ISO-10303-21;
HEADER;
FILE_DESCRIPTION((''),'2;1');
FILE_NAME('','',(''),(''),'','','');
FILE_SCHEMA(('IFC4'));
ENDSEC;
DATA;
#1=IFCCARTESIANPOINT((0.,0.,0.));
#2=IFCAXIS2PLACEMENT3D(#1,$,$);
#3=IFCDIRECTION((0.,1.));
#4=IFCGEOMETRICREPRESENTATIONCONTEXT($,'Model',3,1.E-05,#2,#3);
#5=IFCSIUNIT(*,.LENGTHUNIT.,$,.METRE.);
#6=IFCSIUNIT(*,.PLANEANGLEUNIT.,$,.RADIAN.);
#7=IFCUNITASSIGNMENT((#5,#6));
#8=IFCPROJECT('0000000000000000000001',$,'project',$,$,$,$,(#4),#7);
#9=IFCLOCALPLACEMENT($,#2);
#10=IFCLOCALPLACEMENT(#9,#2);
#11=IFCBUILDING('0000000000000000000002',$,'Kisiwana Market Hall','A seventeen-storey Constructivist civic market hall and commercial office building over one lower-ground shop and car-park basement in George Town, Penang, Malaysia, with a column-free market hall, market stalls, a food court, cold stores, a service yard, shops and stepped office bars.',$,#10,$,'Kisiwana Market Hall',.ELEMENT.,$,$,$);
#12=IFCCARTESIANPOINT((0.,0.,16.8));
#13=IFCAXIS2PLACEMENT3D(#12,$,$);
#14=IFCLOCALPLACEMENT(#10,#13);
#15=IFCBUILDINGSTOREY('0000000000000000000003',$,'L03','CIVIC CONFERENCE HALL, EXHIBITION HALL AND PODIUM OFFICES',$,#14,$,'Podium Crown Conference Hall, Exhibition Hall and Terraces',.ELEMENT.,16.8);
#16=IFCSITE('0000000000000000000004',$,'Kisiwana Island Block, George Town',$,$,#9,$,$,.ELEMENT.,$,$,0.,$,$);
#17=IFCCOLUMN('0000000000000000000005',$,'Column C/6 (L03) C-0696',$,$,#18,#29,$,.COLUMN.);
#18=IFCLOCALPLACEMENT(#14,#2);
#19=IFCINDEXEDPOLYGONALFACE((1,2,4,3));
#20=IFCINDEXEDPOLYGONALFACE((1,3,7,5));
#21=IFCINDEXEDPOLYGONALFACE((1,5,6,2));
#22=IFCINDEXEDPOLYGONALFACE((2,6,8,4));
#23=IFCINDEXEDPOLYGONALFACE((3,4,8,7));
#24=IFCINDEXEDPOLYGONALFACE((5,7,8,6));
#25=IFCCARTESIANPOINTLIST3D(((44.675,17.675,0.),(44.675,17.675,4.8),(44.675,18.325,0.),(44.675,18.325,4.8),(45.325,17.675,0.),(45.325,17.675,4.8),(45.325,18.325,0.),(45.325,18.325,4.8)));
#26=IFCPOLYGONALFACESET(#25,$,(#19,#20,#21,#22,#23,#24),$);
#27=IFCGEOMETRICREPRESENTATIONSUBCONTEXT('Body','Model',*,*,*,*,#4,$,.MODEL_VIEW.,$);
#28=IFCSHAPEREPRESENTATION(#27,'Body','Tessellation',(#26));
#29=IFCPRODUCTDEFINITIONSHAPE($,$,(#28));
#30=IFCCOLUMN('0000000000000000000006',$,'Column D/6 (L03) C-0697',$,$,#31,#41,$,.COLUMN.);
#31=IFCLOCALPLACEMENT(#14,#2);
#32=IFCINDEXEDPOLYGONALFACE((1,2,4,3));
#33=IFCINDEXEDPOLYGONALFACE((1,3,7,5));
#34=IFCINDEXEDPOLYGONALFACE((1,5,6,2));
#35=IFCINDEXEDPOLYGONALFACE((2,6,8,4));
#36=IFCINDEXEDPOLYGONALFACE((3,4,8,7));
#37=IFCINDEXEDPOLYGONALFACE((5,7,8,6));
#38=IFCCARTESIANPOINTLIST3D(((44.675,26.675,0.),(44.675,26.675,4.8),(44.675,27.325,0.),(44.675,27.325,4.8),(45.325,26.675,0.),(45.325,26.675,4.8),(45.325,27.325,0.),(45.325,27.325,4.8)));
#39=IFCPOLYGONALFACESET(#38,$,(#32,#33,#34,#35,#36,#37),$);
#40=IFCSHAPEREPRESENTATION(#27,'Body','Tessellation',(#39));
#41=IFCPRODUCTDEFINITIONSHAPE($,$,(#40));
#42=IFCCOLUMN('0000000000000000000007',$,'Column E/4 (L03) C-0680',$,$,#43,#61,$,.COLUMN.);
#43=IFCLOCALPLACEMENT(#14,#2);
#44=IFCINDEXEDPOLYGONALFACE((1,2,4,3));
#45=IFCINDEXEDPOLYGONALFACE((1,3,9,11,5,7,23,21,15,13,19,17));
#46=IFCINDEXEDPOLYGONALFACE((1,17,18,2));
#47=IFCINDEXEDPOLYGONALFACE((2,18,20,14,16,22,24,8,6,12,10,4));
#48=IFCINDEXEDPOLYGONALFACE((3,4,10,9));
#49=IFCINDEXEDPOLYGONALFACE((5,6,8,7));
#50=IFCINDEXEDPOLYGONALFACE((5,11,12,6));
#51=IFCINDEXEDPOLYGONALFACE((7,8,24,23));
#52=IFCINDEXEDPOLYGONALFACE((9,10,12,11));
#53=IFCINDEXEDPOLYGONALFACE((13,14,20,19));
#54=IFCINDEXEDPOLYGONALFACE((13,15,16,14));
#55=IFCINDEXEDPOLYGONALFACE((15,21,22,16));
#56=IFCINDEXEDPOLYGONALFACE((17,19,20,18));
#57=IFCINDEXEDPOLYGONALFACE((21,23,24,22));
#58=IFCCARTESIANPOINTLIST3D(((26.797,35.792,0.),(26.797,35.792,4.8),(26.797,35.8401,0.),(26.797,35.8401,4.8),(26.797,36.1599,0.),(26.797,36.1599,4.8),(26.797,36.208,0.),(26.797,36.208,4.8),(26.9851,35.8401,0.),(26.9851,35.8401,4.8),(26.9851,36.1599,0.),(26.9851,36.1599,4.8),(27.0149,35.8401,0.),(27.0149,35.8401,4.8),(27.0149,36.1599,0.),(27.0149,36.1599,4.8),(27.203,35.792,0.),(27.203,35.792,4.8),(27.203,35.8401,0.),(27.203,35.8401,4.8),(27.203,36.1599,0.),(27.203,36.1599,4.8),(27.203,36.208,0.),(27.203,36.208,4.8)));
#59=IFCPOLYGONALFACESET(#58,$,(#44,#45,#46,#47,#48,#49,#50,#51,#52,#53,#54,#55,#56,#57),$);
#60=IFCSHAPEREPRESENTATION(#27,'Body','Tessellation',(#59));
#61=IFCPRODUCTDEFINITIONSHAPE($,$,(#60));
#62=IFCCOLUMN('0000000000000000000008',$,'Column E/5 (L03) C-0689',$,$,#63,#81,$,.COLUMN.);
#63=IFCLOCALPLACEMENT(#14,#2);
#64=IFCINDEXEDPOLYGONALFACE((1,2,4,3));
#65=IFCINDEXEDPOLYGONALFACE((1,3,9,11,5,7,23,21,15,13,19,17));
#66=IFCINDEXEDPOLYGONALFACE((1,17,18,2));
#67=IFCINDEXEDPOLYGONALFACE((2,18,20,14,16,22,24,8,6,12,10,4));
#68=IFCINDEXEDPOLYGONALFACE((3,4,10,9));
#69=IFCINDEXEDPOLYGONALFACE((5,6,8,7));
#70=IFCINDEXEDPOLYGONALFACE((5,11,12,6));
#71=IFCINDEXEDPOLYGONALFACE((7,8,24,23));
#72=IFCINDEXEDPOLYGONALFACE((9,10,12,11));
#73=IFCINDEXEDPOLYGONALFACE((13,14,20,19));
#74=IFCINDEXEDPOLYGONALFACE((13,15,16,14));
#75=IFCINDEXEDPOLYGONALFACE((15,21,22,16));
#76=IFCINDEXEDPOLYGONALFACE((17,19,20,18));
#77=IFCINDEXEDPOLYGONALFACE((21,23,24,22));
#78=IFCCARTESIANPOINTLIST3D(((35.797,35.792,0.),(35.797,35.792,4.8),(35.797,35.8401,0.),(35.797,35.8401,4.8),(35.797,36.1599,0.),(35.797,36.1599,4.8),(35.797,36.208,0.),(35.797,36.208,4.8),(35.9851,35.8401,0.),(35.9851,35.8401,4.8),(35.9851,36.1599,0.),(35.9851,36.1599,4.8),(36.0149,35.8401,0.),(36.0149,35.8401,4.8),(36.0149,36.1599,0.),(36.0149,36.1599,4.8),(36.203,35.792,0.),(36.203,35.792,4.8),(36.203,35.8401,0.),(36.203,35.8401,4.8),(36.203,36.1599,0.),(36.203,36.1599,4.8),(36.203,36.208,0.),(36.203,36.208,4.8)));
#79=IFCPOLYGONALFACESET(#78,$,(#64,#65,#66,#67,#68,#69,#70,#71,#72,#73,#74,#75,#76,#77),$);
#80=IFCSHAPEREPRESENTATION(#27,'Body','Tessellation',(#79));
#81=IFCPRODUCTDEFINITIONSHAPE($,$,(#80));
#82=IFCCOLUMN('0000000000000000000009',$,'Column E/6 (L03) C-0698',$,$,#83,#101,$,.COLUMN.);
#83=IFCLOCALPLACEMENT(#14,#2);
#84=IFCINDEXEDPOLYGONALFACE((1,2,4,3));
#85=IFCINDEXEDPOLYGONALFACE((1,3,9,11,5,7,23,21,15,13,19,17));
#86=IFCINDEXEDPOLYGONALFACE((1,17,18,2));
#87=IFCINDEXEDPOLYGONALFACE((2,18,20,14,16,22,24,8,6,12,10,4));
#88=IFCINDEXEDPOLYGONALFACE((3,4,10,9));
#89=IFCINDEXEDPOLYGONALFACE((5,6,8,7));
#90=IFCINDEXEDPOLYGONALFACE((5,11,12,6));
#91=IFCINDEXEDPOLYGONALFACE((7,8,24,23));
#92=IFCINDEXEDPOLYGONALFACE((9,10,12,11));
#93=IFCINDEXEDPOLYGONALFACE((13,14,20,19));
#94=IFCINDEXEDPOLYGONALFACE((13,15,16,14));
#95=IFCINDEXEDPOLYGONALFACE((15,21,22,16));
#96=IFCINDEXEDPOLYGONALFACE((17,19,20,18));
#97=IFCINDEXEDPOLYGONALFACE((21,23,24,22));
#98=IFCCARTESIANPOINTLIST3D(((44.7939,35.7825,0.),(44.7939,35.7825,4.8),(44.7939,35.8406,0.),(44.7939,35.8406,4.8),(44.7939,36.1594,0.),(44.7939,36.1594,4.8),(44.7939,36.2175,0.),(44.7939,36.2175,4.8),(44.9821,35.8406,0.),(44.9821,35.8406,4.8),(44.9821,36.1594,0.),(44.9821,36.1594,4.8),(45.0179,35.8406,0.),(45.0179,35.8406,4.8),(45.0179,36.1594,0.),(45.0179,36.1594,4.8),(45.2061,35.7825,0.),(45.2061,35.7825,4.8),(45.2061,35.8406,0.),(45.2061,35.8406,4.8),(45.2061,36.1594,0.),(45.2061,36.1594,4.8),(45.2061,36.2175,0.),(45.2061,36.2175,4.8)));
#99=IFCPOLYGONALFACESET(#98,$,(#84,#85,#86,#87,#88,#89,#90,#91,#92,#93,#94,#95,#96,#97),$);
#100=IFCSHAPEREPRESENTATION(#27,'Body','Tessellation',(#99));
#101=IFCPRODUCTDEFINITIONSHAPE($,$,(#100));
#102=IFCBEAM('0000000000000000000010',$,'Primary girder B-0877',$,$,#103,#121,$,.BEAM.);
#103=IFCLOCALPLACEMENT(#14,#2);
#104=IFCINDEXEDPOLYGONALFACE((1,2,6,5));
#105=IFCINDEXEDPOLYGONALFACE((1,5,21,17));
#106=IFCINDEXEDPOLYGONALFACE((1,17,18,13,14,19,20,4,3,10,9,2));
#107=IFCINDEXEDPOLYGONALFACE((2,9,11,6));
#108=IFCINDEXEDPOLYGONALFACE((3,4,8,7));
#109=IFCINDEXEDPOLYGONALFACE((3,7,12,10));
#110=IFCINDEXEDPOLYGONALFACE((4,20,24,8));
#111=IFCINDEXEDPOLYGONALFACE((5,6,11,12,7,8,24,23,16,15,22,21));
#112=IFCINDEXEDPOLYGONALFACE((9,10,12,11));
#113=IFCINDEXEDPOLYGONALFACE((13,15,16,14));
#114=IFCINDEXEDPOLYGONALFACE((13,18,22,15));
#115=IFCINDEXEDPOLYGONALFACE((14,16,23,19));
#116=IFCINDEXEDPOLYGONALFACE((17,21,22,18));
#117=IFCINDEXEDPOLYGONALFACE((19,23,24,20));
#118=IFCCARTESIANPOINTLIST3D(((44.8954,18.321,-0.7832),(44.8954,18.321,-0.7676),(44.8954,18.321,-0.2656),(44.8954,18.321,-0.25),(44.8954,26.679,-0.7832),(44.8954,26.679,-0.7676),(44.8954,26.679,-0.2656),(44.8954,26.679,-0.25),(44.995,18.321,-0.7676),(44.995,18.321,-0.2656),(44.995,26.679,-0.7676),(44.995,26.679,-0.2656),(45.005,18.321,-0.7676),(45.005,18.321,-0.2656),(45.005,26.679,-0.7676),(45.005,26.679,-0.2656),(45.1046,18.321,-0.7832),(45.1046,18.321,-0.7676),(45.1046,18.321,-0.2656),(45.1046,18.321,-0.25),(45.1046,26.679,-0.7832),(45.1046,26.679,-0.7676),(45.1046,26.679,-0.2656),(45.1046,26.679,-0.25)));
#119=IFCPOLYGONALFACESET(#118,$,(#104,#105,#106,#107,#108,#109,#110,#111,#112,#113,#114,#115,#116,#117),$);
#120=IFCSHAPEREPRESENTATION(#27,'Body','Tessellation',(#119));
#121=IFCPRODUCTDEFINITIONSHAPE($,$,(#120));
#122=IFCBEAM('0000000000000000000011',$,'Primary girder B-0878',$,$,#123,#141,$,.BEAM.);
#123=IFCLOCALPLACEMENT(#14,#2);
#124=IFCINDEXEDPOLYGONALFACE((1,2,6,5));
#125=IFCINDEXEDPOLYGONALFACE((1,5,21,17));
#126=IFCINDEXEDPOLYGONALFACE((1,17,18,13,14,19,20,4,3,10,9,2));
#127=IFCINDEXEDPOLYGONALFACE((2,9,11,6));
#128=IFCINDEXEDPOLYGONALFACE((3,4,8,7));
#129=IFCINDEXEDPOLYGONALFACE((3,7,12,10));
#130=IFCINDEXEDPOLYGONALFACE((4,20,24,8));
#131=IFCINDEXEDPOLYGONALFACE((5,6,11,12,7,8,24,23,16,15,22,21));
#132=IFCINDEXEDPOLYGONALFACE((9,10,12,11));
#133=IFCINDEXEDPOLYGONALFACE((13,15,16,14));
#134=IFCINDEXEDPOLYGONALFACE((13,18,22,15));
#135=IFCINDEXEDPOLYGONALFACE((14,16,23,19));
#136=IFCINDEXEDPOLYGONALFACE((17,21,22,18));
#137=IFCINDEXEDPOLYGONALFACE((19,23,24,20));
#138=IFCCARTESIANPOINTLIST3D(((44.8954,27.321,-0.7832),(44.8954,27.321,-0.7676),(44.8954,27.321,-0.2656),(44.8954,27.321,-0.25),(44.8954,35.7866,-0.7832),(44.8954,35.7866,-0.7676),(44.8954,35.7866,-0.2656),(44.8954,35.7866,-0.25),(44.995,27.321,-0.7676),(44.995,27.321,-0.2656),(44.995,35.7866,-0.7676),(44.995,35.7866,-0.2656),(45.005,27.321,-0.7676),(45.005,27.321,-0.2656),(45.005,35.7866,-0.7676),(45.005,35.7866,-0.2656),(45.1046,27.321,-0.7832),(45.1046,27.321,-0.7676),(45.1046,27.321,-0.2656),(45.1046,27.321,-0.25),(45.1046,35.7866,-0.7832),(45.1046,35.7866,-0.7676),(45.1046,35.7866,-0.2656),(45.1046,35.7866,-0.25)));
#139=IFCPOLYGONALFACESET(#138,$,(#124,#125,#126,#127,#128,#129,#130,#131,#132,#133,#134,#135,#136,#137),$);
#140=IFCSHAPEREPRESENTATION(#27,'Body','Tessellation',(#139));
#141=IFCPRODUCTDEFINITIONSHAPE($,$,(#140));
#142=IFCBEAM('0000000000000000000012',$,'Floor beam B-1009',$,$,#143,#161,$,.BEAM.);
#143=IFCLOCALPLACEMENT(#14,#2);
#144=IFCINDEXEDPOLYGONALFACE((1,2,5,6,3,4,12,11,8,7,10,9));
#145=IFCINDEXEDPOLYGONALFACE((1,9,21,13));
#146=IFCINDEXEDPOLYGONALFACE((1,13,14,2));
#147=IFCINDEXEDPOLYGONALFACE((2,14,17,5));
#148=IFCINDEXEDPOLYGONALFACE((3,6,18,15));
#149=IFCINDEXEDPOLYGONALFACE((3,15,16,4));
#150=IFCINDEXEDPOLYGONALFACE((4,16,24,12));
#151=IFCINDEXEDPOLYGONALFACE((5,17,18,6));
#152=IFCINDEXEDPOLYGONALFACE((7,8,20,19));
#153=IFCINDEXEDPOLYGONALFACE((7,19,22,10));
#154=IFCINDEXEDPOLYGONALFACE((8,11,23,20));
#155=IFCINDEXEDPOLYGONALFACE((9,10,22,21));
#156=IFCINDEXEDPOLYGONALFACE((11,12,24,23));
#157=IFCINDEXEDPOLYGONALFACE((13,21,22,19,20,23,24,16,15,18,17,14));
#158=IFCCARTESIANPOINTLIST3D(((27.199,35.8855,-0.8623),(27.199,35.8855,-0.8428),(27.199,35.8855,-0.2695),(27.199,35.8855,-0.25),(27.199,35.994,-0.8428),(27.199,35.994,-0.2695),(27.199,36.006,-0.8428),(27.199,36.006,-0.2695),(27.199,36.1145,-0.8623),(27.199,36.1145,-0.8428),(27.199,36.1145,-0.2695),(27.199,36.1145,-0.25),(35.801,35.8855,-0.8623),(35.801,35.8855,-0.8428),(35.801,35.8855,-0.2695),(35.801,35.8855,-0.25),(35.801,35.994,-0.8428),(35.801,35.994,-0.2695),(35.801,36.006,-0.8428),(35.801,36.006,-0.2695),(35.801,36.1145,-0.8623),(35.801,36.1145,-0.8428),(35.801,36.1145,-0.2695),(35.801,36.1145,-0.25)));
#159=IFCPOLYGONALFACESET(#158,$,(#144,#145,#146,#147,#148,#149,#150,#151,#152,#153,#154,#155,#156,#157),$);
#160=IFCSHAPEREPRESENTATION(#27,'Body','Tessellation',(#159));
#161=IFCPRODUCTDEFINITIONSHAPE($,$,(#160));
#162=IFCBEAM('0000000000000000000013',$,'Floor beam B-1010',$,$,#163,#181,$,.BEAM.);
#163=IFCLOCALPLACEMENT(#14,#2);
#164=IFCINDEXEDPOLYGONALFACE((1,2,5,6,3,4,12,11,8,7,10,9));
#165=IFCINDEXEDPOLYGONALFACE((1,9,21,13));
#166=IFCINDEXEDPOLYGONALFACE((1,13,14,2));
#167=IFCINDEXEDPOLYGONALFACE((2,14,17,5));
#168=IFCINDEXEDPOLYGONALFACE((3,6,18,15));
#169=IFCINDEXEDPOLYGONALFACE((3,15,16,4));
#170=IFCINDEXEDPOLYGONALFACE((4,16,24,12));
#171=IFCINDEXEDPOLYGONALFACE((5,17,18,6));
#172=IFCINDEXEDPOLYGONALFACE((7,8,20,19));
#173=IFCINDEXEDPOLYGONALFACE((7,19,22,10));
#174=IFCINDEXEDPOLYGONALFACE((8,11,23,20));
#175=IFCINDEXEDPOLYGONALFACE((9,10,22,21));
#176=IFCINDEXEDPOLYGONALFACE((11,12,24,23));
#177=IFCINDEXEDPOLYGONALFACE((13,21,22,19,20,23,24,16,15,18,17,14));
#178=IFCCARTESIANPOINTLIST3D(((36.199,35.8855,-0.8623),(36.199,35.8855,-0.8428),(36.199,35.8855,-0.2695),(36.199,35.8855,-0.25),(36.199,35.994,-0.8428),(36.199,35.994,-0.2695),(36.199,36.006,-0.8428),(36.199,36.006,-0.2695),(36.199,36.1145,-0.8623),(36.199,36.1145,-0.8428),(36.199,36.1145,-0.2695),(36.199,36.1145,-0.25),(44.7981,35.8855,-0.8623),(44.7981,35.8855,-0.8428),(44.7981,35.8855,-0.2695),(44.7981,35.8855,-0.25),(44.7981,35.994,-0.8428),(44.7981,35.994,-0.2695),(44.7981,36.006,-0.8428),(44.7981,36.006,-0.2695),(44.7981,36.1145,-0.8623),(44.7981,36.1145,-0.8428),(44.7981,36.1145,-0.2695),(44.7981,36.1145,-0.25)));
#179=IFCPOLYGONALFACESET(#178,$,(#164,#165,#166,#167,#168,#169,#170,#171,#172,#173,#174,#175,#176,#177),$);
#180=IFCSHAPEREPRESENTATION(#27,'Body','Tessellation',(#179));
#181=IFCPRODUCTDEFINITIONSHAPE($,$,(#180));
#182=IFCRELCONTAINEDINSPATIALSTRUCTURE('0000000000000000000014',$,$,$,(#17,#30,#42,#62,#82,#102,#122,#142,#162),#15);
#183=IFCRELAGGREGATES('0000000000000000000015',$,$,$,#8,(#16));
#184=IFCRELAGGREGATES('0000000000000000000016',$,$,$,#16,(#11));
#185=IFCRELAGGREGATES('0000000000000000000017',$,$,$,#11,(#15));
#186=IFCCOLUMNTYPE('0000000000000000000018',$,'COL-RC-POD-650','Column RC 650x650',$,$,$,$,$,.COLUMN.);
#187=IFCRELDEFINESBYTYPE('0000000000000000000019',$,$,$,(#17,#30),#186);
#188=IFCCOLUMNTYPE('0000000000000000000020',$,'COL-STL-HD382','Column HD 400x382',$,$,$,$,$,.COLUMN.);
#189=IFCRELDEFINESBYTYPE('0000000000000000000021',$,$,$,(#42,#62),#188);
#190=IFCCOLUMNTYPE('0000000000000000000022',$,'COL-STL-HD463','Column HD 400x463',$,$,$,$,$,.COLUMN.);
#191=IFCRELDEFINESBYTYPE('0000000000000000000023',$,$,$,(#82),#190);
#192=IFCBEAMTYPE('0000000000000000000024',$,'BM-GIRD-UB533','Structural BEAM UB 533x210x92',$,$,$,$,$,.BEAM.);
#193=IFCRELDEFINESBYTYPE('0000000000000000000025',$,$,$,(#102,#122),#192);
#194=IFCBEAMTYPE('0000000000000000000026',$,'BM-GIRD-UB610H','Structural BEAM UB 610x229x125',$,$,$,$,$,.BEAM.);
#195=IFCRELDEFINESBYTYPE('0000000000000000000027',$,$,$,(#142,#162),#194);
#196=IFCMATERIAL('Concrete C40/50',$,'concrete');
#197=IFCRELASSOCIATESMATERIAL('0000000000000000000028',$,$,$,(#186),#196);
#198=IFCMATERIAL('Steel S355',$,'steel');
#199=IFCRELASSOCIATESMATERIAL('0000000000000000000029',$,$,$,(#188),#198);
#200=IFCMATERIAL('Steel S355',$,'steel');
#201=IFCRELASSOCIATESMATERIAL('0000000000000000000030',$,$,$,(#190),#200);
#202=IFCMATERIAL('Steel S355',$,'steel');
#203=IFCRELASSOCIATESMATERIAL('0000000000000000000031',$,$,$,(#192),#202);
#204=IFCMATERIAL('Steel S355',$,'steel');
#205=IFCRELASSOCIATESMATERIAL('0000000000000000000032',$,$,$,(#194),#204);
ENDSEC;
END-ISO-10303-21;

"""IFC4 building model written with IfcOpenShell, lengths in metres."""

from ifc_helpers import new_model, si_unit, direction, frame, origin, origin_2d, place, context, subcontext, project, spatial, rectangle, i_section, extrude, material, material_profile, profile_set, type_object, element, save


model = new_model("IFC4")

# Units and contexts
model_context = context("Model", 3, precision=1e-05, world=origin(), true_north=direction((0.0, 1.0)))
body_context = subcontext(model_context, "Body", "Model", "MODEL_VIEW")
ifc_project = project(units=[si_unit("LENGTHUNIT", "METRE"), si_unit("PLANEANGLEUNIT", "RADIAN")], contexts=[model_context])

# Site, building, storey
site_placement = place(None, origin())
site = spatial("IfcSite", under=ifc_project, at=site_placement, Name="Kisiwana Island Block, George Town", CompositionType="ELEMENT", RefElevation=0.0)
building_placement = place(site_placement, origin())
building = spatial("IfcBuilding", under=site, at=building_placement, Name="Kisiwana Market Hall", Description="A seventeen-storey Constructivist civic market hall and commercial office building over one lower-ground shop and car-park basement in George Town, Penang, Malaysia, with a column-free market hall, market stalls, a food court, cold stores, a service yard, shops and stepped office bars.", LongName="Kisiwana Market Hall", CompositionType="ELEMENT")
storey_placement = place(building_placement, frame((0.0, 0.0, 16.8)))
storey = spatial("IfcBuildingStorey", under=building, at=storey_placement, Name="L03", Description="CIVIC CONFERENCE HALL, EXHIBITION HALL AND PODIUM OFFICES", LongName="Podium Crown Conference Hall, Exhibition Hall and Terraces", CompositionType="ELEMENT", Elevation=16.8)

# Columns
ifc_material_1 = material(Name="Concrete C40/50", Category="concrete")
ifc_material_profile_1 = material_profile(ifc_material_1, rectangle(XDim=0.6499, YDim=0.6499, at=origin_2d()), Name="RC 650x650")
ifc_profile_set_1 = profile_set([ifc_material_profile_1], Name="Concrete C40/50")
column_type_1 = type_object("IfcColumnType", Name="COL-RC-POD-650", Description="Column RC 650x650", PredefinedType="COLUMN", material=ifc_profile_set_1)
for number, where, z_axis, x_axis, name in (
    (1, (45.0, 18.0, 0.0), (0.0, 0.0, 1.0), (1.0, 0.0, 0.0), "Column C/6 (L03) C-0696"),
    (2, (45.0, 27.0, 0.0), (0.0, 0.0, 1.0), (1.0, 0.0, 0.0), "Column D/6 (L03) C-0697"),
):
    element("IfcColumn", number, at=place(storey_placement, frame(where, z_axis=z_axis, x_axis=x_axis)), inside=storey, type_object=column_type_1, Name=name, PredefinedType="COLUMN", context=body_context, shape_type="SweptSolid", body=[
        extrude(rectangle(XDim=0.6499, YDim=0.6499, at=origin_2d()), origin(), (0.0, 0.0, 1.0), 4.8),
    ])
ifc_material_2 = material(Name="Steel S355", Category="steel")
ifc_material_profile_2 = material_profile(ifc_material_2, i_section(OverallWidth=0.406, OverallDepth=0.416, WebThickness=0.0298, FlangeThickness=0.0481, at=origin_2d()), Name="HD 400x382")
ifc_profile_set_2 = profile_set([ifc_material_profile_2], Name="Steel S355")
column_type_2 = type_object("IfcColumnType", Name="COL-STL-HD382", Description="Column HD 400x382", PredefinedType="COLUMN", material=ifc_profile_set_2)
for number, where, z_axis, x_axis, name in (
    (3, (27.0, 36.0, 0.0), (0.0, 0.0, 1.0), (1.0, 0.0, 0.0), "Column E/4 (L03) C-0680"),
    (4, (36.0, 36.0, 0.0), (0.0, 0.0, 1.0), (1.0, 0.0, 0.0), "Column E/5 (L03) C-0689"),
):
    element("IfcColumn", number, at=place(storey_placement, frame(where, z_axis=z_axis, x_axis=x_axis)), inside=storey, type_object=column_type_2, Name=name, PredefinedType="COLUMN", context=body_context, shape_type="SweptSolid", body=[
        extrude(i_section(OverallWidth=0.406, OverallDepth=0.416, WebThickness=0.0298, FlangeThickness=0.0481, at=origin_2d()), origin(), (0.0, 0.0, 1.0), 4.8),
    ])
ifc_material_3 = material(Name="Steel S355", Category="steel")
ifc_material_profile_3 = material_profile(ifc_material_3, i_section(OverallWidth=0.4121, OverallDepth=0.4351, WebThickness=0.0359, FlangeThickness=0.0581, at=origin_2d()), Name="HD 400x463")
ifc_profile_set_3 = profile_set([ifc_material_profile_3], Name="Steel S355")
column_type_3 = type_object("IfcColumnType", Name="COL-STL-HD463", Description="Column HD 400x463", PredefinedType="COLUMN", material=ifc_profile_set_3)
column_placement = place(storey_placement, frame((45.0, 36.0, 0.0), z_axis=(0.0, 0.0, 1.0), x_axis=(1.0, 0.0, 0.0)))
element("IfcColumn", 5, at=column_placement, inside=storey, type_object=column_type_3, Name="Column E/6 (L03) C-0698", PredefinedType="COLUMN", context=body_context, shape_type="SweptSolid", body=[
    extrude(i_section(OverallWidth=0.4121, OverallDepth=0.4351, WebThickness=0.0359, FlangeThickness=0.0581, at=origin_2d()), origin(), (0.0, 0.0, 1.0), 4.8),
])

# Beams
ifc_material_4 = material(Name="Steel S355", Category="steel")
ifc_material_profile_4 = material_profile(ifc_material_4, i_section(OverallWidth=0.2092, OverallDepth=0.5332, WebThickness=0.01, FlangeThickness=0.0156, at=origin_2d()), Name="UB 533x210x92")
ifc_profile_set_4 = profile_set([ifc_material_profile_4], Name="Steel S355")
beam_type_1 = type_object("IfcBeamType", Name="BM-GIRD-UB533", Description="Structural BEAM UB 533x210x92", PredefinedType="BEAM", material=ifc_profile_set_4)
beam_1_placement = place(storey_placement, frame((45.0, 18.321, -0.5166), z_axis=(0.0, 1.0, 0.0), x_axis=(-1.0, 0.0, 0.0)))
element("IfcBeam", 6, at=beam_1_placement, inside=storey, type_object=beam_type_1, Name="Primary girder B-0877", PredefinedType="BEAM", context=body_context, shape_type="SweptSolid", body=[
    extrude(i_section(OverallWidth=0.2092, OverallDepth=0.5332, WebThickness=0.01, FlangeThickness=0.0156, at=origin_2d()), origin(), (0.0, 0.0, 1.0), 8.3579),
])
beam_2_placement = place(storey_placement, frame((45.0, 27.321, -0.5166), z_axis=(0.0, 1.0, 0.0), x_axis=(-1.0, 0.0, 0.0)))
element("IfcBeam", 7, at=beam_2_placement, inside=storey, type_object=beam_type_1, Name="Primary girder B-0878", PredefinedType="BEAM", context=body_context, shape_type="SweptSolid", body=[
    extrude(i_section(OverallWidth=0.2092, OverallDepth=0.5332, WebThickness=0.01, FlangeThickness=0.0156, at=origin_2d()), origin(), (0.0, 0.0, 1.0), 8.4656),
])
ifc_material_5 = material(Name="Steel S355", Category="steel")
ifc_material_profile_5 = material_profile(ifc_material_5, i_section(OverallWidth=0.229, OverallDepth=0.6123, WebThickness=0.012, FlangeThickness=0.0195, at=origin_2d()), Name="UB 610x229x125")
ifc_profile_set_5 = profile_set([ifc_material_profile_5], Name="Steel S355")
beam_type_2 = type_object("IfcBeamType", Name="BM-GIRD-UB610H", Description="Structural BEAM UB 610x229x125", PredefinedType="BEAM", material=ifc_profile_set_5)
beam_3_placement = place(storey_placement, frame((27.199, 36.0, -0.5562), z_axis=(1.0, 0.0, 0.0), x_axis=(0.0, 1.0, 0.0)))
element("IfcBeam", 8, at=beam_3_placement, inside=storey, type_object=beam_type_2, Name="Floor beam B-1009", PredefinedType="BEAM", context=body_context, shape_type="SweptSolid", body=[
    extrude(i_section(OverallWidth=0.229, OverallDepth=0.6123, WebThickness=0.012, FlangeThickness=0.0195, at=origin_2d()), origin(), (0.0, 0.0, 1.0), 8.6021),
])
beam_4_placement = place(storey_placement, frame((36.199, 36.0, -0.5562), z_axis=(1.0, 0.0, 0.0), x_axis=(0.0, 1.0, 0.0)))
element("IfcBeam", 9, at=beam_4_placement, inside=storey, type_object=beam_type_2, Name="Floor beam B-1010", PredefinedType="BEAM", context=body_context, shape_type="SweptSolid", body=[
    extrude(i_section(OverallWidth=0.229, OverallDepth=0.6123, WebThickness=0.012, FlangeThickness=0.0195, at=origin_2d()), origin(), (0.0, 0.0, 1.0), 8.5991),
])

save(model, "model.ifc")
